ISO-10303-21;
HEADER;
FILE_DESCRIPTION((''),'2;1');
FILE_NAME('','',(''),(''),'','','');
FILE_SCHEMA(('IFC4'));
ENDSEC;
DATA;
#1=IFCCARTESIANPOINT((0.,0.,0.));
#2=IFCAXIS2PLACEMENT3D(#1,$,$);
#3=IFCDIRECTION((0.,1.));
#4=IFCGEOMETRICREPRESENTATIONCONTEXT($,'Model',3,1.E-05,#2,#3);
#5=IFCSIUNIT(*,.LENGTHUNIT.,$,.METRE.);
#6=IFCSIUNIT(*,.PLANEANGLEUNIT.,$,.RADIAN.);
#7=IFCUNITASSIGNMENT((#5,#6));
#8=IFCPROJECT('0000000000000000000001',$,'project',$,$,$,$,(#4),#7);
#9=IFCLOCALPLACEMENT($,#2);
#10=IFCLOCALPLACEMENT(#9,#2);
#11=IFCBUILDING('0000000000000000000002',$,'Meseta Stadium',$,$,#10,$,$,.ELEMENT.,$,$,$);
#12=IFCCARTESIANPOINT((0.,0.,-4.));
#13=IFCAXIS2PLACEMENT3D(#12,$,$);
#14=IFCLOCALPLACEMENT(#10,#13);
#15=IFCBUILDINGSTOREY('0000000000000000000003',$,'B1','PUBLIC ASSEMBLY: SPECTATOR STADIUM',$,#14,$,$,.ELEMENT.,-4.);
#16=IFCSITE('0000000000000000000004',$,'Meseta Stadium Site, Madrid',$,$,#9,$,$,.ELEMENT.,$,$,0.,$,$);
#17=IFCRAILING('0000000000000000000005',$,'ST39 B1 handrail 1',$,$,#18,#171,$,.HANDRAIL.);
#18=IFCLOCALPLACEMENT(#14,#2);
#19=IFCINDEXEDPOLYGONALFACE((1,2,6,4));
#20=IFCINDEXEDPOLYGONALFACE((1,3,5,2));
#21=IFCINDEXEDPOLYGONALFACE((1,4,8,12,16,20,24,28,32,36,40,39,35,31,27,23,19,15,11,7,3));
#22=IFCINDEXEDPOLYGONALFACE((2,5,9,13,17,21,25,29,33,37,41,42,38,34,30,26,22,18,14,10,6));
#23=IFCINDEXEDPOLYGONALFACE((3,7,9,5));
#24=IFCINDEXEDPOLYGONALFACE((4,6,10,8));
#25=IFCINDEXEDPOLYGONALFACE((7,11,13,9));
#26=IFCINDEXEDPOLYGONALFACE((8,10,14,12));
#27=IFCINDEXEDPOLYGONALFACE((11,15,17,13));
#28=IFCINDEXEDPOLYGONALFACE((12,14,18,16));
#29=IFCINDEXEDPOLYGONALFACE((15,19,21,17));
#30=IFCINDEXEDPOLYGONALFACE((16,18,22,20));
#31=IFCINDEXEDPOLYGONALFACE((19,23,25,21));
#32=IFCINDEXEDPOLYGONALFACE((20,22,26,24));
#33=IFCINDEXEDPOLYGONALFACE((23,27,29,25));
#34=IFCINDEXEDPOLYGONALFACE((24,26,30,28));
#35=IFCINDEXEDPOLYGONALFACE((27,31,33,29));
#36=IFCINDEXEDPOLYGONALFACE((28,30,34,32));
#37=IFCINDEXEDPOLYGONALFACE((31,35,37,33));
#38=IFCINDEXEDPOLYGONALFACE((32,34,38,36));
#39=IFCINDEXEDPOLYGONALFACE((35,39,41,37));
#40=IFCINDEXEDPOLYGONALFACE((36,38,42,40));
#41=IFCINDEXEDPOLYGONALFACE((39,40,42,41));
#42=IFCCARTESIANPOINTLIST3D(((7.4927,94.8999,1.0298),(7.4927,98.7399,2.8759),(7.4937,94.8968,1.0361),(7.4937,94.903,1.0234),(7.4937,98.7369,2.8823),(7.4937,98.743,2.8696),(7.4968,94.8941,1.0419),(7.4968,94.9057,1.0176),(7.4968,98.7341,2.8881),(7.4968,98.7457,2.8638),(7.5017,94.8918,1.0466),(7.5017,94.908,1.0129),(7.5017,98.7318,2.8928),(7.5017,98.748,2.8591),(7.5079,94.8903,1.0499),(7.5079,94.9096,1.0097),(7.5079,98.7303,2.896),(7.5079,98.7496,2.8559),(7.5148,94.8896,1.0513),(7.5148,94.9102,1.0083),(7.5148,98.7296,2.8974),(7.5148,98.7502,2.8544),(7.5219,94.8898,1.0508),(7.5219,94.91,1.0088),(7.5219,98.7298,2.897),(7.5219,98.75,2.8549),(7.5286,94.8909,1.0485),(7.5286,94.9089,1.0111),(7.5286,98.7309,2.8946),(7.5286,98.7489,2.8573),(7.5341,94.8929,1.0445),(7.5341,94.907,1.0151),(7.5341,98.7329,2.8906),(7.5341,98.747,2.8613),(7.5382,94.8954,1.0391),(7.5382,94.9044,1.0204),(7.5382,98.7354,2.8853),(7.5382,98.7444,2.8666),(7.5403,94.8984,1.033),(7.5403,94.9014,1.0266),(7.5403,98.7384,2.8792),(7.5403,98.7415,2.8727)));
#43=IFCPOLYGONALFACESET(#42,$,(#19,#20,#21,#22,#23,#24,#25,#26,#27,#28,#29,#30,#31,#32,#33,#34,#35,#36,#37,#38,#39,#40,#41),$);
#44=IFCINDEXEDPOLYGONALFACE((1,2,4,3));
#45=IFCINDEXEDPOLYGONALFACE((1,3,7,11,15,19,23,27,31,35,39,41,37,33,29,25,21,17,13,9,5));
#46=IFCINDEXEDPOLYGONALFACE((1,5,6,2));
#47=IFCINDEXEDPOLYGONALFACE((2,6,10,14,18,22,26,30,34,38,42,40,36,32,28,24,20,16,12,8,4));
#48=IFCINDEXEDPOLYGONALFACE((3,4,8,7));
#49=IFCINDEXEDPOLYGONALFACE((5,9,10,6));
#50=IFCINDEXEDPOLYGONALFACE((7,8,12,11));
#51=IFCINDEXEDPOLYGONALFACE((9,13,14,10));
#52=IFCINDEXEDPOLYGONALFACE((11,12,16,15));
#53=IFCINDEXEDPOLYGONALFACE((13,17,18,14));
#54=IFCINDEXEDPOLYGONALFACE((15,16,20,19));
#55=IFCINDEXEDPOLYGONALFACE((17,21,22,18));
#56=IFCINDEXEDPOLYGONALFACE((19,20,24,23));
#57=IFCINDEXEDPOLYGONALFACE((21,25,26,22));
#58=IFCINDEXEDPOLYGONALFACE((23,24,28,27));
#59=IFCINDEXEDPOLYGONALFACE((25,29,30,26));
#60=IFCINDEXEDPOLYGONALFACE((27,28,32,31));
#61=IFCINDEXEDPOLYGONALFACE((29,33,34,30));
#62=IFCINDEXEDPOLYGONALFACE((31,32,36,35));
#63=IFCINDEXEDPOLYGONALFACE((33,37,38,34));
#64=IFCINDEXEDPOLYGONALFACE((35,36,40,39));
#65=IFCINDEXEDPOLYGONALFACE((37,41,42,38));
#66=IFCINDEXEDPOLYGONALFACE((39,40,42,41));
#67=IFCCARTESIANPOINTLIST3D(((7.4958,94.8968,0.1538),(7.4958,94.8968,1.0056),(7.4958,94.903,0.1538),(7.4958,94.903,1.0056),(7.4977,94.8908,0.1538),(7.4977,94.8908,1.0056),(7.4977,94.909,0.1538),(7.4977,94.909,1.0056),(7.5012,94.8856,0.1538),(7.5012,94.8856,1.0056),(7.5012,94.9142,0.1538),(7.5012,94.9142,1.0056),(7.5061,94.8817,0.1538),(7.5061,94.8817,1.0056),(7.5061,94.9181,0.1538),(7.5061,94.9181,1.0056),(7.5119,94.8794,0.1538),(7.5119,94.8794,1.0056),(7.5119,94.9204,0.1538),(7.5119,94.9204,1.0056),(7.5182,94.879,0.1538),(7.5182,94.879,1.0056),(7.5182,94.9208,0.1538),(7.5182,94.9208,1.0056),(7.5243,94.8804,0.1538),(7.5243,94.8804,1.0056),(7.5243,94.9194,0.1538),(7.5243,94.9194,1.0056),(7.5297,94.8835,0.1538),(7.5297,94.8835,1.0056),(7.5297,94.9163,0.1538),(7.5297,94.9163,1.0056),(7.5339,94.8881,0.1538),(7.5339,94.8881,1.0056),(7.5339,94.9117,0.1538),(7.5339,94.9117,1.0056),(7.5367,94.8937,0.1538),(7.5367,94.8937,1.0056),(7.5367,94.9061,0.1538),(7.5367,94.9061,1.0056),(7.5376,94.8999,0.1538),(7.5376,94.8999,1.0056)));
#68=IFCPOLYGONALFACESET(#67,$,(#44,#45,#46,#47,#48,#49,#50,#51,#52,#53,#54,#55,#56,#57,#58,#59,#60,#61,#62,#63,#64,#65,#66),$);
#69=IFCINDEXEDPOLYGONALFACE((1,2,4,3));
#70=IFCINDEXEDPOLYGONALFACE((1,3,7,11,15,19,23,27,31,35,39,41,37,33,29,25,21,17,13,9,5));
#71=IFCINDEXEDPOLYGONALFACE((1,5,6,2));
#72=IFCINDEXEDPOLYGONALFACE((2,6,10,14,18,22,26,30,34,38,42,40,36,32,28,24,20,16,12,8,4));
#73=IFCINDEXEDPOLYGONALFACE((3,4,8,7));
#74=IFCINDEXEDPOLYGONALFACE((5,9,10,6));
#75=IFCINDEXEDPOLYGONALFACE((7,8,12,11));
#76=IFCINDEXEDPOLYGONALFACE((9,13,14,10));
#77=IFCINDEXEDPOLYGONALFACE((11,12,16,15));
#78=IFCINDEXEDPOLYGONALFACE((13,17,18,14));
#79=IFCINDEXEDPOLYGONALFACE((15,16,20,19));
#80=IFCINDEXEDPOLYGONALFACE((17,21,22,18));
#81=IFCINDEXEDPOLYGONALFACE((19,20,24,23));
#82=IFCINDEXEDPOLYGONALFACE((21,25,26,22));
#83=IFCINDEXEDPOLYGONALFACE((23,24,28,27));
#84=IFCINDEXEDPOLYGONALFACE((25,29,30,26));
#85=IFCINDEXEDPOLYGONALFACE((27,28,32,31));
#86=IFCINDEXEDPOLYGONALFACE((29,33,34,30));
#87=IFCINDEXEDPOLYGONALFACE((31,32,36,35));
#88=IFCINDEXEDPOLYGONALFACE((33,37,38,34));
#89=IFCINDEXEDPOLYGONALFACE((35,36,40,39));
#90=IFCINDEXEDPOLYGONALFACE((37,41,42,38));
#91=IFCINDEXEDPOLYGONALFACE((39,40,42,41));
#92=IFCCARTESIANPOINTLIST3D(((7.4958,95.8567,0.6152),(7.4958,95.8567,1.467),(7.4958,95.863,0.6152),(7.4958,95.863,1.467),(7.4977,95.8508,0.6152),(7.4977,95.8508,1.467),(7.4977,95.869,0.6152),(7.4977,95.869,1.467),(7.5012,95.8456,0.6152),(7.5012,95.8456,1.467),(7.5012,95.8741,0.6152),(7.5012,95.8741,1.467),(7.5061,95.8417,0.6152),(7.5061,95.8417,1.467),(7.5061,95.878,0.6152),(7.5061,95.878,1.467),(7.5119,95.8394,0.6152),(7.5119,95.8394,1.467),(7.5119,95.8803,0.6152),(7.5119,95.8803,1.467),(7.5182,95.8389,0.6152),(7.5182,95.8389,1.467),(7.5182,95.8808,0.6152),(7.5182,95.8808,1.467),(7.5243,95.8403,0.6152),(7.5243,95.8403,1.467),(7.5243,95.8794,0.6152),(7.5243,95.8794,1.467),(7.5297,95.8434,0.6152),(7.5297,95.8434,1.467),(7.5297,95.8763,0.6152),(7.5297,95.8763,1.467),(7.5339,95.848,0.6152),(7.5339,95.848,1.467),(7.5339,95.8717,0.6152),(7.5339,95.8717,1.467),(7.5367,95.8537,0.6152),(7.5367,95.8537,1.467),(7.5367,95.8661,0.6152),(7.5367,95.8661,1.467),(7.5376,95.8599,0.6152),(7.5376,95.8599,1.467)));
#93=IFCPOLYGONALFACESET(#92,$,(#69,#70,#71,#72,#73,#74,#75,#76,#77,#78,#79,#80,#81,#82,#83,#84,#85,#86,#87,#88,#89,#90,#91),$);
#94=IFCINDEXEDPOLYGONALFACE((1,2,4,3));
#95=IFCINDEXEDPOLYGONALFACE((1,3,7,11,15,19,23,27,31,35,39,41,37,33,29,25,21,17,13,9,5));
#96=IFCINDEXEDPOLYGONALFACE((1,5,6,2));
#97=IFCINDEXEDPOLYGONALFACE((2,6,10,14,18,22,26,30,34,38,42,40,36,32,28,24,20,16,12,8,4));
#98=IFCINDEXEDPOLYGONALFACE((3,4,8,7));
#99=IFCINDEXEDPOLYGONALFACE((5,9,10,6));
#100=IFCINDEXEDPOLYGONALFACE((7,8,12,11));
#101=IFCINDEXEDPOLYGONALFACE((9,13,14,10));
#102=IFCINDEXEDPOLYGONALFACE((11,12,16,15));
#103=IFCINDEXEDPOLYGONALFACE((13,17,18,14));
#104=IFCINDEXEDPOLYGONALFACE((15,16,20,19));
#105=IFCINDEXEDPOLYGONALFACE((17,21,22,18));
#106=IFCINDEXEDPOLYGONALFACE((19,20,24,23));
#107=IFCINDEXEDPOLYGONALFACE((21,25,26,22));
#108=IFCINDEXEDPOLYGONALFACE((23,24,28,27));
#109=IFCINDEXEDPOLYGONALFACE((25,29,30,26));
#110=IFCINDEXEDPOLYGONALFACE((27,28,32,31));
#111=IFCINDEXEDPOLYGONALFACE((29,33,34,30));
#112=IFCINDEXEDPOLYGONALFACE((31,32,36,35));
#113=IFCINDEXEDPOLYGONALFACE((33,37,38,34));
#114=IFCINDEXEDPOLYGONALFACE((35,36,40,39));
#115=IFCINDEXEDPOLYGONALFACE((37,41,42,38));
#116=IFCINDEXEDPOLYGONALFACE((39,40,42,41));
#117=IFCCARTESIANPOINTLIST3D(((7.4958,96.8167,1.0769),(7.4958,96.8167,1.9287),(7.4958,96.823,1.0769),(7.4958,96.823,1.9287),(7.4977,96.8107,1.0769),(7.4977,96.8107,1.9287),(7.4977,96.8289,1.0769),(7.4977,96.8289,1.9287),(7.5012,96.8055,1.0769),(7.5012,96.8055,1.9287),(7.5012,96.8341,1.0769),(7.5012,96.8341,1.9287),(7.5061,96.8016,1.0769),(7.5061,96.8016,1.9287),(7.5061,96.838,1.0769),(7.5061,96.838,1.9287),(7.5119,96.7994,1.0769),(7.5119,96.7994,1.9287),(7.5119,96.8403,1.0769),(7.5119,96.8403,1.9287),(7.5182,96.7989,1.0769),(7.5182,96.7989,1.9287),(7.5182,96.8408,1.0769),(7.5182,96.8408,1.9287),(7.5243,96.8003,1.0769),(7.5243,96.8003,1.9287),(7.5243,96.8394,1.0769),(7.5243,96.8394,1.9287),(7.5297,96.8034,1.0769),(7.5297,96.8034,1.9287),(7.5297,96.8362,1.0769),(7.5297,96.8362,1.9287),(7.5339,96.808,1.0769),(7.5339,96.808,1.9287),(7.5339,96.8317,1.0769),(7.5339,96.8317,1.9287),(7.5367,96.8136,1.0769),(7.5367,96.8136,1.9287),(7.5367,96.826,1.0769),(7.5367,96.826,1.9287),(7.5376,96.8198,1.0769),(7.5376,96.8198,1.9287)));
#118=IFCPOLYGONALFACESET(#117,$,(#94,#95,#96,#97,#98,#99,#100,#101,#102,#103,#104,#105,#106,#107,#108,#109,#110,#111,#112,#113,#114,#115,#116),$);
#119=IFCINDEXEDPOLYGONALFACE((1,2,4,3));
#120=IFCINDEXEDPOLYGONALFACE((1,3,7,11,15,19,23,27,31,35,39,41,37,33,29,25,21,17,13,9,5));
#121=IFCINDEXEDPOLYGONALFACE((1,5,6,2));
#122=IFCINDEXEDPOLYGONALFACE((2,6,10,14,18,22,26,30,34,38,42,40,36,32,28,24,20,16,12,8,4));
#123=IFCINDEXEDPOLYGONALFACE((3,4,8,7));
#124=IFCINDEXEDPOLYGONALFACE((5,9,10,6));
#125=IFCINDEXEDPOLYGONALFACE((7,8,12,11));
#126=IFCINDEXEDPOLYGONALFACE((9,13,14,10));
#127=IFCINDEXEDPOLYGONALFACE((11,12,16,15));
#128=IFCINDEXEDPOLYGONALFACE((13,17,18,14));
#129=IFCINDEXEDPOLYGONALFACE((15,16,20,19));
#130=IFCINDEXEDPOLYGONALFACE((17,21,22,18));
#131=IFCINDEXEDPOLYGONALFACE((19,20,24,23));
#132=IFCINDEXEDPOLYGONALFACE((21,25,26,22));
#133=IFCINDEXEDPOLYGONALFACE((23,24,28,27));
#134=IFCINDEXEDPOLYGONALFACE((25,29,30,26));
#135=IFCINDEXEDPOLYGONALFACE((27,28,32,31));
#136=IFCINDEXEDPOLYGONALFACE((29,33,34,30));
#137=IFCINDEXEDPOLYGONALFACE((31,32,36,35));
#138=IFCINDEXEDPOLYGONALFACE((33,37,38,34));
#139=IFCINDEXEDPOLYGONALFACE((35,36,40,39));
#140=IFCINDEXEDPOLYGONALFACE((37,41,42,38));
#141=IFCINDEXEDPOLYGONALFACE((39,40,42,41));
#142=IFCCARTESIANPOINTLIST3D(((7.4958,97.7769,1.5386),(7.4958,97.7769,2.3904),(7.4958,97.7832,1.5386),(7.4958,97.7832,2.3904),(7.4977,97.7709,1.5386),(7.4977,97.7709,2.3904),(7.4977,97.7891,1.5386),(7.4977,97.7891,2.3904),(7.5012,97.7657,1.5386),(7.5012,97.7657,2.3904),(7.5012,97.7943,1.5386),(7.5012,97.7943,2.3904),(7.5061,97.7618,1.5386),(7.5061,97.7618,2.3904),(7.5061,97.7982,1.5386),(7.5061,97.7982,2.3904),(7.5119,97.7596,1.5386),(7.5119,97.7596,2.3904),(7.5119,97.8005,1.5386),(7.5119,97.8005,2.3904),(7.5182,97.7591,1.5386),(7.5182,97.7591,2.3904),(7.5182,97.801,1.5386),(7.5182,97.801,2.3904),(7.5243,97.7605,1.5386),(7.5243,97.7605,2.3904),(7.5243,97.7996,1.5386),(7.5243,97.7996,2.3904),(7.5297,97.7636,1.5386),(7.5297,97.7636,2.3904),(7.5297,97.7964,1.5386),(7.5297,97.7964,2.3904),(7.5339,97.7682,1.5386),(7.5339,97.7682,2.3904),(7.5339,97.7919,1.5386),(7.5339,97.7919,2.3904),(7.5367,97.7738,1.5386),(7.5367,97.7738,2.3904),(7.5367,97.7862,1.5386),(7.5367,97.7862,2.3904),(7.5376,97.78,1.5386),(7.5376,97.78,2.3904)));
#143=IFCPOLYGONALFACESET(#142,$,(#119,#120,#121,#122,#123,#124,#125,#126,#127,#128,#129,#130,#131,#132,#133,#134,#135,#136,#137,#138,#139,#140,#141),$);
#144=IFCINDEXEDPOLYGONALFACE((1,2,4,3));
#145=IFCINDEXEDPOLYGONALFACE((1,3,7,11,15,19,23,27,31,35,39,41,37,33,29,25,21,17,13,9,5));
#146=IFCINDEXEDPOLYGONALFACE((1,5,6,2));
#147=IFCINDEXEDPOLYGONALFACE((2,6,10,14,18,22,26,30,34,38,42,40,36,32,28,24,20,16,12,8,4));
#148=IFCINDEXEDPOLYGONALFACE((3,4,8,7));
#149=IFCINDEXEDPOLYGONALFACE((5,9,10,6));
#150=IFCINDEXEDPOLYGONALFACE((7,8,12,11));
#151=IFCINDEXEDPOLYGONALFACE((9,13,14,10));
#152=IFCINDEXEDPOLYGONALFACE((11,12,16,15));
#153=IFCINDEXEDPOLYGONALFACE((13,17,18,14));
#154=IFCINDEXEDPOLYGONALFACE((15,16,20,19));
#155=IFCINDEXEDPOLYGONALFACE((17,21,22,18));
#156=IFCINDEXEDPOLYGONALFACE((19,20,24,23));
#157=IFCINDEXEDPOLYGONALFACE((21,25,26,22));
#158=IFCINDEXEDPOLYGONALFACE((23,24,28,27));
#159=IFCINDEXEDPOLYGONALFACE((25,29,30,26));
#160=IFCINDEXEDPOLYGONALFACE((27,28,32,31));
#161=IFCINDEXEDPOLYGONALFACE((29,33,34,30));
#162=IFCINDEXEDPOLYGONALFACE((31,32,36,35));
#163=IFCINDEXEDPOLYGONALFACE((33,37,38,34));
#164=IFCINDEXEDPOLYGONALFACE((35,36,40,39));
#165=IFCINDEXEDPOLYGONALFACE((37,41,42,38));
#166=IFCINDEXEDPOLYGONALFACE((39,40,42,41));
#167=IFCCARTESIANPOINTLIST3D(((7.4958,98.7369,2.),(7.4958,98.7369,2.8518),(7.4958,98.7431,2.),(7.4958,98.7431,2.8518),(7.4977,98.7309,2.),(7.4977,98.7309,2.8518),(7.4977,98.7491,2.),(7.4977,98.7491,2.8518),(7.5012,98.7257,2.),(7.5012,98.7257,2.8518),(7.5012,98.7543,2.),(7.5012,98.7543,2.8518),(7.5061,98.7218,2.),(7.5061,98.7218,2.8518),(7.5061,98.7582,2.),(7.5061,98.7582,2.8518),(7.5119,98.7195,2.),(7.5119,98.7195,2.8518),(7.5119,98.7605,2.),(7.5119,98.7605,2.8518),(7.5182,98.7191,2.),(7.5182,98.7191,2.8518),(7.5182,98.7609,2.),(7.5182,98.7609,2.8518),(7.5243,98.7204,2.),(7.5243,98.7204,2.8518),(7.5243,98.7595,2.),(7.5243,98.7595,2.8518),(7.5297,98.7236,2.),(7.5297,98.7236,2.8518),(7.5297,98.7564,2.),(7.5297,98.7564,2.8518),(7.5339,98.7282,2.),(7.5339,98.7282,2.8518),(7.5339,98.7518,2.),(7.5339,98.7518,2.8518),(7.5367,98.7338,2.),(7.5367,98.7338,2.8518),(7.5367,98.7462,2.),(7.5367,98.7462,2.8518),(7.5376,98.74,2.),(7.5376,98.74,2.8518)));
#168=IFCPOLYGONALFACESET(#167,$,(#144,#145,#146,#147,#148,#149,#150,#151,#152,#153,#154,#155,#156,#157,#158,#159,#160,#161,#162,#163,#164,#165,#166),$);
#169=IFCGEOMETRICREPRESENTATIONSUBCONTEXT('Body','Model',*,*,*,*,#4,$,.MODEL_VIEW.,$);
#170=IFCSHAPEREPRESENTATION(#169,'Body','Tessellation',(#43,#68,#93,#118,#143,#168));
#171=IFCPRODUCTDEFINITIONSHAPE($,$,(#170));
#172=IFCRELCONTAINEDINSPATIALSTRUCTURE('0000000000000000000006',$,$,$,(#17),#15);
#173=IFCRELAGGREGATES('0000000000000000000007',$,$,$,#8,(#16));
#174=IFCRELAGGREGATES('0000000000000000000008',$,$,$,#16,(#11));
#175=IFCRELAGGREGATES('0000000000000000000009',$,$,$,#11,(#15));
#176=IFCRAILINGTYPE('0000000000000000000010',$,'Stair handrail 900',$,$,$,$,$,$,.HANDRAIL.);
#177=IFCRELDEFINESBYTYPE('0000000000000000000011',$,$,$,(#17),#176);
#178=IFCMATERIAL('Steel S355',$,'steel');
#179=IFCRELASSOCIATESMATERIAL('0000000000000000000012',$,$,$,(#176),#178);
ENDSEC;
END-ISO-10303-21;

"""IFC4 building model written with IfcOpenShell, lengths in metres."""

from ifc_helpers import new_model, si_unit, direction, frame, origin, origin_2d, place, context, subcontext, project, spatial, circle, extrude, material, type_object, element, save


model = new_model("IFC4")

# Units and contexts
model_context = context("Model", 3, precision=1e-05, world=origin(), true_north=direction((0.0, 1.0)))
body_context = subcontext(model_context, "Body", "Model", "MODEL_VIEW")
ifc_project = project(units=[si_unit("LENGTHUNIT", "METRE"), si_unit("PLANEANGLEUNIT", "RADIAN")], contexts=[model_context])

# Site, building, storey
site_placement = place(None, origin())
site = spatial("IfcSite", under=ifc_project, at=site_placement, Name="Meseta Stadium Site, Madrid", CompositionType="ELEMENT", RefElevation=0.0)
building_placement = place(site_placement, origin())
building = spatial("IfcBuilding", under=site, at=building_placement, Name="Meseta Stadium", CompositionType="ELEMENT")
storey_placement = place(building_placement, frame((0.0, 0.0, -4.0)))
storey = spatial("IfcBuildingStorey", under=building, at=storey_placement, Name="B1", Description="PUBLIC ASSEMBLY: SPECTATOR STADIUM", CompositionType="ELEMENT", Elevation=-4.0)

# Railing
ifc_material_1 = material(Name="Steel S355", Category="steel")
railing_type_1 = type_object("IfcRailingType", Name="Stair handrail 900", PredefinedType="HANDRAIL", material=ifc_material_1)
for number, where, name in (
    (1, (7.5166, 94.8999, 0.1538), "ST39 B1 handrail 1"),
):
    element("IfcRailing", number, at=place(storey_placement, frame(where)), inside=storey, type_object=railing_type_1, Name=name, PredefinedType="HANDRAIL", context=body_context, shape_type="SweptSolid", body=[
        extrude(circle(Radius=0.0239, at=origin_2d()), frame((0.0, 0.0, 0.876), z_axis=(0.0, 0.901253, 0.433294), x_axis=(-1.0, 0.0, 0.0)), (0.0, 0.0, 1.0), 4.2607),
        extrude(circle(Radius=0.021, at=origin_2d()), origin(), (0.0, 0.0, 1.0), 0.8518),
        extrude(circle(Radius=0.021, at=origin_2d()), frame((0.0, 0.96, 0.4614)), (0.0, 0.0, 1.0), 0.8518),
        extrude(circle(Radius=0.021, at=origin_2d()), frame((0.0, 1.9199, 0.9231)), (0.0, 0.0, 1.0), 0.8518),
        extrude(circle(Radius=0.021, at=origin_2d()), frame((0.0, 2.8801, 1.3848)), (0.0, 0.0, 1.0), 0.8518),
        extrude(circle(Radius=0.021, at=origin_2d()), frame((0.0, 3.8401, 1.8462)), (0.0, 0.0, 1.0), 0.8518),
    ])

save(model, "model.ifc")
